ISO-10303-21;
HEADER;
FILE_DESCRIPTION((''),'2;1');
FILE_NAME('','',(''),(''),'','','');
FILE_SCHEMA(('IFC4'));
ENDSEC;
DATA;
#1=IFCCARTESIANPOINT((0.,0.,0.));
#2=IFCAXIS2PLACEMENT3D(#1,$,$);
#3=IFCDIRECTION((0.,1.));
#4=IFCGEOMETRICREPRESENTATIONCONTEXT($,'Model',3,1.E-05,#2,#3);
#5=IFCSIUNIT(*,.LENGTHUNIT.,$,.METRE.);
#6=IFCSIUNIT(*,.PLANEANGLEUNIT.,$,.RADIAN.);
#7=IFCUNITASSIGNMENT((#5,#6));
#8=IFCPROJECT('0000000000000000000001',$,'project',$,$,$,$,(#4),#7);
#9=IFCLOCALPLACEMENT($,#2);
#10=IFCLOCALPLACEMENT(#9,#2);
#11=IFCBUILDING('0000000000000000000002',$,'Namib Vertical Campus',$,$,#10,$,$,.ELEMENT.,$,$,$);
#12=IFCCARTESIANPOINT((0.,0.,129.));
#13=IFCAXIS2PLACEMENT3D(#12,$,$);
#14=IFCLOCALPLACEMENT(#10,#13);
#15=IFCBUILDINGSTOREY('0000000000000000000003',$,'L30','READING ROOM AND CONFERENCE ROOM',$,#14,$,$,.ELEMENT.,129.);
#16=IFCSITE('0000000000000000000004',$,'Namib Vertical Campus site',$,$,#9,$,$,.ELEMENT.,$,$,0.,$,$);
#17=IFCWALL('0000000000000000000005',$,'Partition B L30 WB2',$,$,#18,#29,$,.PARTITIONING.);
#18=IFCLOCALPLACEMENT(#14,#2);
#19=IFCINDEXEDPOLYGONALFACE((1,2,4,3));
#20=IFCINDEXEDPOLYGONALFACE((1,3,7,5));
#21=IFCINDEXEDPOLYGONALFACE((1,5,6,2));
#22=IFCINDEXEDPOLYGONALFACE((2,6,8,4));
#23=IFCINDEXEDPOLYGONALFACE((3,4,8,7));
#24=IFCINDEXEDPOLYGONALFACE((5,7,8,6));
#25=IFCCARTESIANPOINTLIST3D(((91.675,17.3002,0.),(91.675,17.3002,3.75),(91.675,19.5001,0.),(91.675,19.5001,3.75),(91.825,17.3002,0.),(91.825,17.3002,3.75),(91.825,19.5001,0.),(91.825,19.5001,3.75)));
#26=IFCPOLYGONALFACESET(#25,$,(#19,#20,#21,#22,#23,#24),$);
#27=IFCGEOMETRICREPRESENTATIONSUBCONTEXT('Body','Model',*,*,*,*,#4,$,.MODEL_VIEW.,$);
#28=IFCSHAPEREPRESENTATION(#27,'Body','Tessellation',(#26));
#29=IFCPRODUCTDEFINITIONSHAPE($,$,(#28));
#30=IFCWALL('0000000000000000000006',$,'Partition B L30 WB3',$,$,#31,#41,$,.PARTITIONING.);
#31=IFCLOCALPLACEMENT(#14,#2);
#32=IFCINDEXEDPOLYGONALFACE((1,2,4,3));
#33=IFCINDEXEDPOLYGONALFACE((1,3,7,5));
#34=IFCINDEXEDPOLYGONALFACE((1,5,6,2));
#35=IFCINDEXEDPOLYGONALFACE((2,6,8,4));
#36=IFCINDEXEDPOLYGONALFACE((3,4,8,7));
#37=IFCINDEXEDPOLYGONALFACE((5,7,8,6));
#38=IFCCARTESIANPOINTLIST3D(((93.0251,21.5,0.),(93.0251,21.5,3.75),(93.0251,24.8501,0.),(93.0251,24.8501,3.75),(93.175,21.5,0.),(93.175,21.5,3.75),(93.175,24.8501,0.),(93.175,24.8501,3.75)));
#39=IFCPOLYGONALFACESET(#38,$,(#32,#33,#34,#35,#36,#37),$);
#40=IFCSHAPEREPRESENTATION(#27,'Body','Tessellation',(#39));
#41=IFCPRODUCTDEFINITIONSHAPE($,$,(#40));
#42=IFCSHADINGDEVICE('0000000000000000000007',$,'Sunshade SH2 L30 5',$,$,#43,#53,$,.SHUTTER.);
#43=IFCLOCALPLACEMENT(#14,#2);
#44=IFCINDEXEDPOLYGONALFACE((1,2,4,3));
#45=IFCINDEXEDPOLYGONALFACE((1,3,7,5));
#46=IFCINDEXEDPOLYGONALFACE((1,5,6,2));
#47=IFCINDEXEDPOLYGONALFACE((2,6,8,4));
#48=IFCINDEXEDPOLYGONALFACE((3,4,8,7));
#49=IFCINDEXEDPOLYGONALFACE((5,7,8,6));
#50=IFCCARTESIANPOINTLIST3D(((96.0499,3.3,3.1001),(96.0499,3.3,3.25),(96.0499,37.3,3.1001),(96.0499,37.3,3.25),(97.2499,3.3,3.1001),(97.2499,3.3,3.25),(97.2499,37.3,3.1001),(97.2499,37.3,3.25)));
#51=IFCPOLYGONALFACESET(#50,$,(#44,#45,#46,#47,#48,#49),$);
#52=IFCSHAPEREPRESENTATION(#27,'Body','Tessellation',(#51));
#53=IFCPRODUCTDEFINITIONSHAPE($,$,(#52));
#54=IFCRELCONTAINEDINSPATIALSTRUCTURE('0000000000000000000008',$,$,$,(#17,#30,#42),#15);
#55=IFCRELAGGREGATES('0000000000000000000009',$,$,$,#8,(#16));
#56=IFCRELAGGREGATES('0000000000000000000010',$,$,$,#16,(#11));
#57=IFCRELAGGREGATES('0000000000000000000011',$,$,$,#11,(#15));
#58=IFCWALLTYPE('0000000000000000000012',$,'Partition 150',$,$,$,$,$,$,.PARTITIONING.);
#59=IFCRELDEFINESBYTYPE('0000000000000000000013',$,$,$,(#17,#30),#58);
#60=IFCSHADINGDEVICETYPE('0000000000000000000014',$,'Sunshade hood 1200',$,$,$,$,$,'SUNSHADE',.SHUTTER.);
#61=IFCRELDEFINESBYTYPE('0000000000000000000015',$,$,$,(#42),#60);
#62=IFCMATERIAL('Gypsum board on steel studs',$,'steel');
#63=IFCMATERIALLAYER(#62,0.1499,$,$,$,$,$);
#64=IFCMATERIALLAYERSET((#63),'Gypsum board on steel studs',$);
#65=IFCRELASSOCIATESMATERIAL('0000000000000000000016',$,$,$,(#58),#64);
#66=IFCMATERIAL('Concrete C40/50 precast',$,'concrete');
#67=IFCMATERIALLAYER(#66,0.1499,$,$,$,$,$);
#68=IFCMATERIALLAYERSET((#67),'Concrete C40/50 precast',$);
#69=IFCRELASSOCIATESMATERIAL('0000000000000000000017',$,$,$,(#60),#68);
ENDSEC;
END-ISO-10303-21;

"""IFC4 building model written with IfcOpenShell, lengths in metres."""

from ifc_helpers import new_model, si_unit, direction, frame, frame_2d, origin, origin_2d, place, context, subcontext, project, spatial, rectangle, extrude, material, layer, layer_set, type_object, element, save


model = new_model("IFC4")

# Units and contexts
model_context = context("Model", 3, precision=1e-05, world=origin(), true_north=direction((0.0, 1.0)))
body_context = subcontext(model_context, "Body", "Model", "MODEL_VIEW")
ifc_project = project(units=[si_unit("LENGTHUNIT", "METRE"), si_unit("PLANEANGLEUNIT", "RADIAN")], contexts=[model_context])

# Site, building, storey
site_placement = place(None, origin())
site = spatial("IfcSite", under=ifc_project, at=site_placement, Name="Namib Vertical Campus site", CompositionType="ELEMENT", RefElevation=0.0)
building_placement = place(site_placement, origin())
building = spatial("IfcBuilding", under=site, at=building_placement, Name="Namib Vertical Campus", CompositionType="ELEMENT")
storey_placement = place(building_placement, frame((0.0, 0.0, 129.0)))
storey = spatial("IfcBuildingStorey", under=building, at=storey_placement, Name="L30", Description="READING ROOM AND CONFERENCE ROOM", CompositionType="ELEMENT", Elevation=129.0)

# Walls
ifc_material_1 = material(Name="Gypsum board on steel studs", Category="steel")
ifc_layer_1 = layer(ifc_material_1, 0.1499)
ifc_layer_set_1 = layer_set([ifc_layer_1], Name="Gypsum board on steel studs")
wall_type_1 = type_object("IfcWallType", Name="Partition 150", PredefinedType="PARTITIONING", material=ifc_layer_set_1)
wall_1_placement = place(storey_placement, frame((91.75, 17.3, 0.0), z_axis=(0.0, 0.0, 1.0), x_axis=(0.0, 1.0, 0.0)))
element("IfcWall", 1, at=wall_1_placement, inside=storey, type_object=wall_type_1, Name="Partition B L30 WB2", PredefinedType="PARTITIONING", context=body_context, shape_type="SweptSolid", body=[
    extrude(rectangle(XDim=2.2, YDim=0.1499, at=frame_2d((1.1001, 0.0))), origin(), (0.0, 0.0, 1.0), 3.75),
])
wall_2_placement = place(storey_placement, frame((93.1001, 21.5, 0.0), z_axis=(0.0, 0.0, 1.0), x_axis=(0.0, 1.0, 0.0)))
element("IfcWall", 2, at=wall_2_placement, inside=storey, type_object=wall_type_1, Name="Partition B L30 WB3", PredefinedType="PARTITIONING", context=body_context, shape_type="SweptSolid", body=[
    extrude(rectangle(XDim=3.3501, YDim=0.1499, at=frame_2d((1.675, 0.0))), origin(), (0.0, 0.0, 1.0), 3.75),
])

# Shading device
ifc_material_2 = material(Name="Concrete C40/50 precast", Category="concrete")
ifc_layer_2 = layer(ifc_material_2, 0.1499)
ifc_layer_set_2 = layer_set([ifc_layer_2], Name="Concrete C40/50 precast")
shading_device_type = type_object("IfcShadingDeviceType", Name="Sunshade hood 1200", ElementType="SUNSHADE", PredefinedType="SHUTTER", material=ifc_layer_set_2)
shading_device_placement = place(storey_placement, frame((96.6499, 20.3, 3.1001), z_axis=(0.0, 0.0, 1.0), x_axis=(0.0, 1.0, 0.0)))
element("IfcShadingDevice", 3, at=shading_device_placement, inside=storey, type_object=shading_device_type, Name="Sunshade SH2 L30 5", PredefinedType="SHUTTER", context=body_context, shape_type="SweptSolid", body=[
    extrude(rectangle(XDim=34.0, YDim=1.2, at=origin_2d()), origin(), (0.0, 0.0, 1.0), 0.1499),
])

save(model, "model.ifc")
